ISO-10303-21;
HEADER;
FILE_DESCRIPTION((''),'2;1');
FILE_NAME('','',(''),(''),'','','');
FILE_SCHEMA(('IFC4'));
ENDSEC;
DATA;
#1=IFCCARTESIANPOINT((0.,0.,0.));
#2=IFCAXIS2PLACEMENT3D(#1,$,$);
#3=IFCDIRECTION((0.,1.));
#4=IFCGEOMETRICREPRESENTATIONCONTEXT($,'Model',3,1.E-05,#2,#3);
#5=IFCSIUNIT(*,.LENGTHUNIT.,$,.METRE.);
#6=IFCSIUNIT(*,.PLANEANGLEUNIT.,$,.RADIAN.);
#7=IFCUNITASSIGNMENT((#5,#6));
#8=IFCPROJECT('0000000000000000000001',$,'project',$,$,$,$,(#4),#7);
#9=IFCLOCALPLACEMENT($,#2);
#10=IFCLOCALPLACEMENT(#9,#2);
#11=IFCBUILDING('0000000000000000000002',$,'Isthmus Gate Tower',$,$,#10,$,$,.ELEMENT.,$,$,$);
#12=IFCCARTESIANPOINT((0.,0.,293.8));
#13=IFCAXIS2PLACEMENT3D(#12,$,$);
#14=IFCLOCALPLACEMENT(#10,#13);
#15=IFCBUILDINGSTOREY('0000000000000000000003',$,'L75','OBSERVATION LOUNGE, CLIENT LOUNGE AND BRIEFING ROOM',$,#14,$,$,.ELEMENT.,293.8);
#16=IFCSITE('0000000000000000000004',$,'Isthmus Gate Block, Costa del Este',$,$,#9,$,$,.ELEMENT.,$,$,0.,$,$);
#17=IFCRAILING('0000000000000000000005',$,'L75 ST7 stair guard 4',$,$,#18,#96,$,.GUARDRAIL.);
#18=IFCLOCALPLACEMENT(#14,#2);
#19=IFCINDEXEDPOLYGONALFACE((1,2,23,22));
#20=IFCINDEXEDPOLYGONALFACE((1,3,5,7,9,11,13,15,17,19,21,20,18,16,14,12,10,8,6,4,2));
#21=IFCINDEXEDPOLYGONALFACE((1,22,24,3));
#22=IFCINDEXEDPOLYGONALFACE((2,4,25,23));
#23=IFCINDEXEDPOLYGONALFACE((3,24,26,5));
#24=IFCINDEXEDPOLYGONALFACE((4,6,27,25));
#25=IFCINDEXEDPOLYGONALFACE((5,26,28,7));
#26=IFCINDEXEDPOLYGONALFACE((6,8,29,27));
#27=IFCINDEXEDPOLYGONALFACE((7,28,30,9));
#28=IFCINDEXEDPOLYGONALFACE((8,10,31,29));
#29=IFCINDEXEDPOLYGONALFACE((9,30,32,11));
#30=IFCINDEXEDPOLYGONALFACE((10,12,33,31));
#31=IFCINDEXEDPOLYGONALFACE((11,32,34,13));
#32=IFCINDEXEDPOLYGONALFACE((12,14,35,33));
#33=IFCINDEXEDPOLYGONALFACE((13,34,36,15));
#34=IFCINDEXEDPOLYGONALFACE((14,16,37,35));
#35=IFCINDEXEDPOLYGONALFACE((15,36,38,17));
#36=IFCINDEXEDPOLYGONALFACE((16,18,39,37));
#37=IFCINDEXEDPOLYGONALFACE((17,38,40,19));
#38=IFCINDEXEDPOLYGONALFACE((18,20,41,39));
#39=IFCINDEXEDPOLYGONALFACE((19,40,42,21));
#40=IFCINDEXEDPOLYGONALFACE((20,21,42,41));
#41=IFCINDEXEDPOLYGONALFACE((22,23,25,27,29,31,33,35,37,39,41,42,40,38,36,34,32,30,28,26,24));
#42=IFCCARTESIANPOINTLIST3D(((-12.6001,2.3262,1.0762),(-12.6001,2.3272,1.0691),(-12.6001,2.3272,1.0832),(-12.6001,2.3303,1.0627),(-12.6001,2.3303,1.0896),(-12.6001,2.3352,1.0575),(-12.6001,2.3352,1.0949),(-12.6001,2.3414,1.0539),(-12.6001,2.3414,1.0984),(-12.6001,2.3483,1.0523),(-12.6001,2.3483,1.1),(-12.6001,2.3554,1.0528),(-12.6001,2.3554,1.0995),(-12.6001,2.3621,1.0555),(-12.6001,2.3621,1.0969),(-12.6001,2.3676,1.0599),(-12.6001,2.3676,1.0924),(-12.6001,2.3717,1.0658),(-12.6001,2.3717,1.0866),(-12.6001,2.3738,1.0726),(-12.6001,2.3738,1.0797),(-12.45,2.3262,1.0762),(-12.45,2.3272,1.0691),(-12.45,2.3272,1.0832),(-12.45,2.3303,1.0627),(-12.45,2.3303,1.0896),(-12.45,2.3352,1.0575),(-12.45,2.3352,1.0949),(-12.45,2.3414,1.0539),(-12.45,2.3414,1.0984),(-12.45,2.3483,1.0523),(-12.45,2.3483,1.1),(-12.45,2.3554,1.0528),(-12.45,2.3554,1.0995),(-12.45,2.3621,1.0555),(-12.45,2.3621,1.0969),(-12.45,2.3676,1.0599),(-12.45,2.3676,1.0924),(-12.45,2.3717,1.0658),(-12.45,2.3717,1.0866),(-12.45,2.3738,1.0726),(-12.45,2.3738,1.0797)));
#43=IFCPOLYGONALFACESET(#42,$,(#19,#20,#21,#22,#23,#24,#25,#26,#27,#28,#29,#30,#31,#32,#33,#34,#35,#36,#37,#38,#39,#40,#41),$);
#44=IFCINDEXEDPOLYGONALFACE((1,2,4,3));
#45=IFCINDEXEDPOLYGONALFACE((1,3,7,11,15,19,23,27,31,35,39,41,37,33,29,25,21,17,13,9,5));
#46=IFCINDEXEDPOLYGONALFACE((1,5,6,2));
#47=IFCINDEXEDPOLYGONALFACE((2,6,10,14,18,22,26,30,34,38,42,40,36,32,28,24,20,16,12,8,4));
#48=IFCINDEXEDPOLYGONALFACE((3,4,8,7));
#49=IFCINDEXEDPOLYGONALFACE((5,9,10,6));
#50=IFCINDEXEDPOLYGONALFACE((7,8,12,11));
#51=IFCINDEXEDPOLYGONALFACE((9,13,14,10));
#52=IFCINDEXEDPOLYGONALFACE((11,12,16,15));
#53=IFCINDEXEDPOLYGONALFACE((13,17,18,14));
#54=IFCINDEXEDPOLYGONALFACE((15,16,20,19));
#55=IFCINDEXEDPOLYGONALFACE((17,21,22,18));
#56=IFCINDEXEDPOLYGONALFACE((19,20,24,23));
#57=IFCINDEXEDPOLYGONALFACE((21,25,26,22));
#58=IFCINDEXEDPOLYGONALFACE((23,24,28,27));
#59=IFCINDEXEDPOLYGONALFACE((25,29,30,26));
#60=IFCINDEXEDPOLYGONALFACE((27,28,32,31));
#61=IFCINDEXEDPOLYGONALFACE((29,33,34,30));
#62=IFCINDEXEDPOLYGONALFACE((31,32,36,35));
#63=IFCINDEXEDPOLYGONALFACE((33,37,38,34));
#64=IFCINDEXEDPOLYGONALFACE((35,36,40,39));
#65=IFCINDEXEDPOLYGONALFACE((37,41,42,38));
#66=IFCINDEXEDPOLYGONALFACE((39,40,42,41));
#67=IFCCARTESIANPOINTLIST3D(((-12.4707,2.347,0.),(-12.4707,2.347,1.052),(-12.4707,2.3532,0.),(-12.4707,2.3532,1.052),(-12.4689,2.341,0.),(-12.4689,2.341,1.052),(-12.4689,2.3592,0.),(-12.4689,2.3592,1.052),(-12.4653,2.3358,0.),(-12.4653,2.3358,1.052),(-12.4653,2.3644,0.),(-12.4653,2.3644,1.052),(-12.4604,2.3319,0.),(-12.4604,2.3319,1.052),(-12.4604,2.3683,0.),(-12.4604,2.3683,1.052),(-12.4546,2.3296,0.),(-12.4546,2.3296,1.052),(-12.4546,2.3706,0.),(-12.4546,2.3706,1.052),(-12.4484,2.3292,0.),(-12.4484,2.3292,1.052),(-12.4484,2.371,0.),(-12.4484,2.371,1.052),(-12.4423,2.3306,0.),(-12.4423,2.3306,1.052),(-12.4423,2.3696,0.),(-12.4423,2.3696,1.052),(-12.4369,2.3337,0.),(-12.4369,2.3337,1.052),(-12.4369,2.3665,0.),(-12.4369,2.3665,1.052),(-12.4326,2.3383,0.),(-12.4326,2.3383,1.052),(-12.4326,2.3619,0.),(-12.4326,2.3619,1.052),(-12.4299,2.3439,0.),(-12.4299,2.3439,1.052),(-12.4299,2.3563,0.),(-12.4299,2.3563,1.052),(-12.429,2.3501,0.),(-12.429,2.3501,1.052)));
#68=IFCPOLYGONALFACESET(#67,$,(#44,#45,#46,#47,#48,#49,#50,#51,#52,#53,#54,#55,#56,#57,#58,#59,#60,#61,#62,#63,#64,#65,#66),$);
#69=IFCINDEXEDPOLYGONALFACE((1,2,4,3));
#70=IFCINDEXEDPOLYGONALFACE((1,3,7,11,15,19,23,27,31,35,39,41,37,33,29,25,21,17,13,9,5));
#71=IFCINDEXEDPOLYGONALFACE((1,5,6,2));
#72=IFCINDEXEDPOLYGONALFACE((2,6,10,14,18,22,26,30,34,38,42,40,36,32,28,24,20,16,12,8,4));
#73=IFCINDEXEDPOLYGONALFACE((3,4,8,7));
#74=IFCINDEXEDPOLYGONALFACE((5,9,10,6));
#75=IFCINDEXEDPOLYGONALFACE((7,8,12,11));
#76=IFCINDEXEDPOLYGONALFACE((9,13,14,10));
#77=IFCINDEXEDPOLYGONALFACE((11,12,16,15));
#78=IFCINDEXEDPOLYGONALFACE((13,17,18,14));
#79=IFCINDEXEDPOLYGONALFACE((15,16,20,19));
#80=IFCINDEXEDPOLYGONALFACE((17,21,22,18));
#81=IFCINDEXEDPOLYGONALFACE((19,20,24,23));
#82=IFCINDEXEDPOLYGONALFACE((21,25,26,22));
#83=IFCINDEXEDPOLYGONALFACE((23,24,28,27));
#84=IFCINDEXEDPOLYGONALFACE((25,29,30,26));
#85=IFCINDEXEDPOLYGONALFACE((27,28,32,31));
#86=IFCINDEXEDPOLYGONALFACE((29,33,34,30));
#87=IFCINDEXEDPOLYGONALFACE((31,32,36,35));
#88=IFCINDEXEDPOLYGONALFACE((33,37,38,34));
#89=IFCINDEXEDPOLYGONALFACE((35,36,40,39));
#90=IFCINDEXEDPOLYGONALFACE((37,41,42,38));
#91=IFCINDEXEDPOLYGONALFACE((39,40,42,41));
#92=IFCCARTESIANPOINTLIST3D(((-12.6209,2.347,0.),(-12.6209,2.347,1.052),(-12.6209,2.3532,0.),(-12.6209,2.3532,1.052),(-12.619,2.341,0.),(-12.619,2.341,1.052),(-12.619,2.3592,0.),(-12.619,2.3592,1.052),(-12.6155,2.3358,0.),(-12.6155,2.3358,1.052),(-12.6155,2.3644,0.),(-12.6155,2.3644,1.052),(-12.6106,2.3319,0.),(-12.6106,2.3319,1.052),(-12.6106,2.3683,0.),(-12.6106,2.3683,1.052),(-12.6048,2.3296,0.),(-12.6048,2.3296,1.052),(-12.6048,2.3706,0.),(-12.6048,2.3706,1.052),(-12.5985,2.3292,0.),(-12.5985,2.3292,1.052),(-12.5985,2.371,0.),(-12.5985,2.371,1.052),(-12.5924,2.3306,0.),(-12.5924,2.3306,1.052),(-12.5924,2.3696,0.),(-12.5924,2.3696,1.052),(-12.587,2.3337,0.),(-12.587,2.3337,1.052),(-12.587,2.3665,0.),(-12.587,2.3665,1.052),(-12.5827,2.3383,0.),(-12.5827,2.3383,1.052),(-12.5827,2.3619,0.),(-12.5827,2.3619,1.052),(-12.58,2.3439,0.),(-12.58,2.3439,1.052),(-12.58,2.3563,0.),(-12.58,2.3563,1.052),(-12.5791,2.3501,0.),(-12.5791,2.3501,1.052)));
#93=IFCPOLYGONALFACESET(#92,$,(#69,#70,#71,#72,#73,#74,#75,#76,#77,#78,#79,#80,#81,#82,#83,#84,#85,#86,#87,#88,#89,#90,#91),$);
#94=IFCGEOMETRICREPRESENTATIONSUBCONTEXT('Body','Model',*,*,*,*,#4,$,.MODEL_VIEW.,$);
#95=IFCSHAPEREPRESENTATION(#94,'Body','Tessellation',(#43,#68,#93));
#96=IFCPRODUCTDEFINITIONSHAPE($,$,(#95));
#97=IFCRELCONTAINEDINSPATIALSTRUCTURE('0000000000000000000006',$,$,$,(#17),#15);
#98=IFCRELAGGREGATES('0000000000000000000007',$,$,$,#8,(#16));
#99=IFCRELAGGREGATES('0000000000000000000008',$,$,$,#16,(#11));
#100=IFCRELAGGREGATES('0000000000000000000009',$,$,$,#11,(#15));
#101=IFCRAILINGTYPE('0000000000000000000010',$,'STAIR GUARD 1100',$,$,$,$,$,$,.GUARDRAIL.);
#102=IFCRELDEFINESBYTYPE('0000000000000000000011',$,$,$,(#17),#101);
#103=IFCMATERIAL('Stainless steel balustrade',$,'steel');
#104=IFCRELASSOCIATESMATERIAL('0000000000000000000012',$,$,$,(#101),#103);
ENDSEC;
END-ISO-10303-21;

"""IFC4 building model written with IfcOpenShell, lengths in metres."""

from ifc_helpers import new_model, si_unit, direction, frame, origin, origin_2d, place, context, subcontext, project, spatial, circle, extrude, material, type_object, element, save


model = new_model("IFC4")

# Units and contexts
model_context = context("Model", 3, precision=1e-05, world=origin(), true_north=direction((0.0, 1.0)))
body_context = subcontext(model_context, "Body", "Model", "MODEL_VIEW")
ifc_project = project(units=[si_unit("LENGTHUNIT", "METRE"), si_unit("PLANEANGLEUNIT", "RADIAN")], contexts=[model_context])

# Site, building, storey
site_placement = place(None, origin())
site = spatial("IfcSite", under=ifc_project, at=site_placement, Name="Isthmus Gate Block, Costa del Este", CompositionType="ELEMENT", RefElevation=0.0)
building_placement = place(site_placement, origin())
building = spatial("IfcBuilding", under=site, at=building_placement, Name="Isthmus Gate Tower", CompositionType="ELEMENT")
storey_placement = place(building_placement, frame((0.0, 0.0, 293.8)))
storey = spatial("IfcBuildingStorey", under=building, at=storey_placement, Name="L75", Description="OBSERVATION LOUNGE, CLIENT LOUNGE AND BRIEFING ROOM", CompositionType="ELEMENT", Elevation=293.8)

# Railing
ifc_material_1 = material(Name="Stainless steel balustrade", Category="steel")
railing_type_1 = type_object("IfcRailingType", Name="STAIR GUARD 1100", PredefinedType="GUARDRAIL", material=ifc_material_1)
railing_1_placement = place(storey_placement, frame((-12.45, 2.3501, 0.0)))
element("IfcRailing", 1, at=railing_1_placement, inside=storey, type_object=railing_type_1, Name="L75 ST7 stair guard 4", PredefinedType="GUARDRAIL", context=body_context, shape_type="SweptSolid", body=[
    extrude(circle(Radius=0.0239, at=origin_2d()), frame((0.0, 0.0, 1.0762), z_axis=(-1.0, 0.0, 0.0), x_axis=(0.0, -1.0, 0.0)), (0.0, 0.0, 1.0), 0.1501),
    extrude(circle(Radius=0.021, at=origin_2d()), origin(), (0.0, 0.0, 1.0), 1.052),
    extrude(circle(Radius=0.021, at=origin_2d()), frame((-0.1501, 0.0, 0.0)), (0.0, 0.0, 1.0), 1.052),
])

save(model, "model.ifc")
